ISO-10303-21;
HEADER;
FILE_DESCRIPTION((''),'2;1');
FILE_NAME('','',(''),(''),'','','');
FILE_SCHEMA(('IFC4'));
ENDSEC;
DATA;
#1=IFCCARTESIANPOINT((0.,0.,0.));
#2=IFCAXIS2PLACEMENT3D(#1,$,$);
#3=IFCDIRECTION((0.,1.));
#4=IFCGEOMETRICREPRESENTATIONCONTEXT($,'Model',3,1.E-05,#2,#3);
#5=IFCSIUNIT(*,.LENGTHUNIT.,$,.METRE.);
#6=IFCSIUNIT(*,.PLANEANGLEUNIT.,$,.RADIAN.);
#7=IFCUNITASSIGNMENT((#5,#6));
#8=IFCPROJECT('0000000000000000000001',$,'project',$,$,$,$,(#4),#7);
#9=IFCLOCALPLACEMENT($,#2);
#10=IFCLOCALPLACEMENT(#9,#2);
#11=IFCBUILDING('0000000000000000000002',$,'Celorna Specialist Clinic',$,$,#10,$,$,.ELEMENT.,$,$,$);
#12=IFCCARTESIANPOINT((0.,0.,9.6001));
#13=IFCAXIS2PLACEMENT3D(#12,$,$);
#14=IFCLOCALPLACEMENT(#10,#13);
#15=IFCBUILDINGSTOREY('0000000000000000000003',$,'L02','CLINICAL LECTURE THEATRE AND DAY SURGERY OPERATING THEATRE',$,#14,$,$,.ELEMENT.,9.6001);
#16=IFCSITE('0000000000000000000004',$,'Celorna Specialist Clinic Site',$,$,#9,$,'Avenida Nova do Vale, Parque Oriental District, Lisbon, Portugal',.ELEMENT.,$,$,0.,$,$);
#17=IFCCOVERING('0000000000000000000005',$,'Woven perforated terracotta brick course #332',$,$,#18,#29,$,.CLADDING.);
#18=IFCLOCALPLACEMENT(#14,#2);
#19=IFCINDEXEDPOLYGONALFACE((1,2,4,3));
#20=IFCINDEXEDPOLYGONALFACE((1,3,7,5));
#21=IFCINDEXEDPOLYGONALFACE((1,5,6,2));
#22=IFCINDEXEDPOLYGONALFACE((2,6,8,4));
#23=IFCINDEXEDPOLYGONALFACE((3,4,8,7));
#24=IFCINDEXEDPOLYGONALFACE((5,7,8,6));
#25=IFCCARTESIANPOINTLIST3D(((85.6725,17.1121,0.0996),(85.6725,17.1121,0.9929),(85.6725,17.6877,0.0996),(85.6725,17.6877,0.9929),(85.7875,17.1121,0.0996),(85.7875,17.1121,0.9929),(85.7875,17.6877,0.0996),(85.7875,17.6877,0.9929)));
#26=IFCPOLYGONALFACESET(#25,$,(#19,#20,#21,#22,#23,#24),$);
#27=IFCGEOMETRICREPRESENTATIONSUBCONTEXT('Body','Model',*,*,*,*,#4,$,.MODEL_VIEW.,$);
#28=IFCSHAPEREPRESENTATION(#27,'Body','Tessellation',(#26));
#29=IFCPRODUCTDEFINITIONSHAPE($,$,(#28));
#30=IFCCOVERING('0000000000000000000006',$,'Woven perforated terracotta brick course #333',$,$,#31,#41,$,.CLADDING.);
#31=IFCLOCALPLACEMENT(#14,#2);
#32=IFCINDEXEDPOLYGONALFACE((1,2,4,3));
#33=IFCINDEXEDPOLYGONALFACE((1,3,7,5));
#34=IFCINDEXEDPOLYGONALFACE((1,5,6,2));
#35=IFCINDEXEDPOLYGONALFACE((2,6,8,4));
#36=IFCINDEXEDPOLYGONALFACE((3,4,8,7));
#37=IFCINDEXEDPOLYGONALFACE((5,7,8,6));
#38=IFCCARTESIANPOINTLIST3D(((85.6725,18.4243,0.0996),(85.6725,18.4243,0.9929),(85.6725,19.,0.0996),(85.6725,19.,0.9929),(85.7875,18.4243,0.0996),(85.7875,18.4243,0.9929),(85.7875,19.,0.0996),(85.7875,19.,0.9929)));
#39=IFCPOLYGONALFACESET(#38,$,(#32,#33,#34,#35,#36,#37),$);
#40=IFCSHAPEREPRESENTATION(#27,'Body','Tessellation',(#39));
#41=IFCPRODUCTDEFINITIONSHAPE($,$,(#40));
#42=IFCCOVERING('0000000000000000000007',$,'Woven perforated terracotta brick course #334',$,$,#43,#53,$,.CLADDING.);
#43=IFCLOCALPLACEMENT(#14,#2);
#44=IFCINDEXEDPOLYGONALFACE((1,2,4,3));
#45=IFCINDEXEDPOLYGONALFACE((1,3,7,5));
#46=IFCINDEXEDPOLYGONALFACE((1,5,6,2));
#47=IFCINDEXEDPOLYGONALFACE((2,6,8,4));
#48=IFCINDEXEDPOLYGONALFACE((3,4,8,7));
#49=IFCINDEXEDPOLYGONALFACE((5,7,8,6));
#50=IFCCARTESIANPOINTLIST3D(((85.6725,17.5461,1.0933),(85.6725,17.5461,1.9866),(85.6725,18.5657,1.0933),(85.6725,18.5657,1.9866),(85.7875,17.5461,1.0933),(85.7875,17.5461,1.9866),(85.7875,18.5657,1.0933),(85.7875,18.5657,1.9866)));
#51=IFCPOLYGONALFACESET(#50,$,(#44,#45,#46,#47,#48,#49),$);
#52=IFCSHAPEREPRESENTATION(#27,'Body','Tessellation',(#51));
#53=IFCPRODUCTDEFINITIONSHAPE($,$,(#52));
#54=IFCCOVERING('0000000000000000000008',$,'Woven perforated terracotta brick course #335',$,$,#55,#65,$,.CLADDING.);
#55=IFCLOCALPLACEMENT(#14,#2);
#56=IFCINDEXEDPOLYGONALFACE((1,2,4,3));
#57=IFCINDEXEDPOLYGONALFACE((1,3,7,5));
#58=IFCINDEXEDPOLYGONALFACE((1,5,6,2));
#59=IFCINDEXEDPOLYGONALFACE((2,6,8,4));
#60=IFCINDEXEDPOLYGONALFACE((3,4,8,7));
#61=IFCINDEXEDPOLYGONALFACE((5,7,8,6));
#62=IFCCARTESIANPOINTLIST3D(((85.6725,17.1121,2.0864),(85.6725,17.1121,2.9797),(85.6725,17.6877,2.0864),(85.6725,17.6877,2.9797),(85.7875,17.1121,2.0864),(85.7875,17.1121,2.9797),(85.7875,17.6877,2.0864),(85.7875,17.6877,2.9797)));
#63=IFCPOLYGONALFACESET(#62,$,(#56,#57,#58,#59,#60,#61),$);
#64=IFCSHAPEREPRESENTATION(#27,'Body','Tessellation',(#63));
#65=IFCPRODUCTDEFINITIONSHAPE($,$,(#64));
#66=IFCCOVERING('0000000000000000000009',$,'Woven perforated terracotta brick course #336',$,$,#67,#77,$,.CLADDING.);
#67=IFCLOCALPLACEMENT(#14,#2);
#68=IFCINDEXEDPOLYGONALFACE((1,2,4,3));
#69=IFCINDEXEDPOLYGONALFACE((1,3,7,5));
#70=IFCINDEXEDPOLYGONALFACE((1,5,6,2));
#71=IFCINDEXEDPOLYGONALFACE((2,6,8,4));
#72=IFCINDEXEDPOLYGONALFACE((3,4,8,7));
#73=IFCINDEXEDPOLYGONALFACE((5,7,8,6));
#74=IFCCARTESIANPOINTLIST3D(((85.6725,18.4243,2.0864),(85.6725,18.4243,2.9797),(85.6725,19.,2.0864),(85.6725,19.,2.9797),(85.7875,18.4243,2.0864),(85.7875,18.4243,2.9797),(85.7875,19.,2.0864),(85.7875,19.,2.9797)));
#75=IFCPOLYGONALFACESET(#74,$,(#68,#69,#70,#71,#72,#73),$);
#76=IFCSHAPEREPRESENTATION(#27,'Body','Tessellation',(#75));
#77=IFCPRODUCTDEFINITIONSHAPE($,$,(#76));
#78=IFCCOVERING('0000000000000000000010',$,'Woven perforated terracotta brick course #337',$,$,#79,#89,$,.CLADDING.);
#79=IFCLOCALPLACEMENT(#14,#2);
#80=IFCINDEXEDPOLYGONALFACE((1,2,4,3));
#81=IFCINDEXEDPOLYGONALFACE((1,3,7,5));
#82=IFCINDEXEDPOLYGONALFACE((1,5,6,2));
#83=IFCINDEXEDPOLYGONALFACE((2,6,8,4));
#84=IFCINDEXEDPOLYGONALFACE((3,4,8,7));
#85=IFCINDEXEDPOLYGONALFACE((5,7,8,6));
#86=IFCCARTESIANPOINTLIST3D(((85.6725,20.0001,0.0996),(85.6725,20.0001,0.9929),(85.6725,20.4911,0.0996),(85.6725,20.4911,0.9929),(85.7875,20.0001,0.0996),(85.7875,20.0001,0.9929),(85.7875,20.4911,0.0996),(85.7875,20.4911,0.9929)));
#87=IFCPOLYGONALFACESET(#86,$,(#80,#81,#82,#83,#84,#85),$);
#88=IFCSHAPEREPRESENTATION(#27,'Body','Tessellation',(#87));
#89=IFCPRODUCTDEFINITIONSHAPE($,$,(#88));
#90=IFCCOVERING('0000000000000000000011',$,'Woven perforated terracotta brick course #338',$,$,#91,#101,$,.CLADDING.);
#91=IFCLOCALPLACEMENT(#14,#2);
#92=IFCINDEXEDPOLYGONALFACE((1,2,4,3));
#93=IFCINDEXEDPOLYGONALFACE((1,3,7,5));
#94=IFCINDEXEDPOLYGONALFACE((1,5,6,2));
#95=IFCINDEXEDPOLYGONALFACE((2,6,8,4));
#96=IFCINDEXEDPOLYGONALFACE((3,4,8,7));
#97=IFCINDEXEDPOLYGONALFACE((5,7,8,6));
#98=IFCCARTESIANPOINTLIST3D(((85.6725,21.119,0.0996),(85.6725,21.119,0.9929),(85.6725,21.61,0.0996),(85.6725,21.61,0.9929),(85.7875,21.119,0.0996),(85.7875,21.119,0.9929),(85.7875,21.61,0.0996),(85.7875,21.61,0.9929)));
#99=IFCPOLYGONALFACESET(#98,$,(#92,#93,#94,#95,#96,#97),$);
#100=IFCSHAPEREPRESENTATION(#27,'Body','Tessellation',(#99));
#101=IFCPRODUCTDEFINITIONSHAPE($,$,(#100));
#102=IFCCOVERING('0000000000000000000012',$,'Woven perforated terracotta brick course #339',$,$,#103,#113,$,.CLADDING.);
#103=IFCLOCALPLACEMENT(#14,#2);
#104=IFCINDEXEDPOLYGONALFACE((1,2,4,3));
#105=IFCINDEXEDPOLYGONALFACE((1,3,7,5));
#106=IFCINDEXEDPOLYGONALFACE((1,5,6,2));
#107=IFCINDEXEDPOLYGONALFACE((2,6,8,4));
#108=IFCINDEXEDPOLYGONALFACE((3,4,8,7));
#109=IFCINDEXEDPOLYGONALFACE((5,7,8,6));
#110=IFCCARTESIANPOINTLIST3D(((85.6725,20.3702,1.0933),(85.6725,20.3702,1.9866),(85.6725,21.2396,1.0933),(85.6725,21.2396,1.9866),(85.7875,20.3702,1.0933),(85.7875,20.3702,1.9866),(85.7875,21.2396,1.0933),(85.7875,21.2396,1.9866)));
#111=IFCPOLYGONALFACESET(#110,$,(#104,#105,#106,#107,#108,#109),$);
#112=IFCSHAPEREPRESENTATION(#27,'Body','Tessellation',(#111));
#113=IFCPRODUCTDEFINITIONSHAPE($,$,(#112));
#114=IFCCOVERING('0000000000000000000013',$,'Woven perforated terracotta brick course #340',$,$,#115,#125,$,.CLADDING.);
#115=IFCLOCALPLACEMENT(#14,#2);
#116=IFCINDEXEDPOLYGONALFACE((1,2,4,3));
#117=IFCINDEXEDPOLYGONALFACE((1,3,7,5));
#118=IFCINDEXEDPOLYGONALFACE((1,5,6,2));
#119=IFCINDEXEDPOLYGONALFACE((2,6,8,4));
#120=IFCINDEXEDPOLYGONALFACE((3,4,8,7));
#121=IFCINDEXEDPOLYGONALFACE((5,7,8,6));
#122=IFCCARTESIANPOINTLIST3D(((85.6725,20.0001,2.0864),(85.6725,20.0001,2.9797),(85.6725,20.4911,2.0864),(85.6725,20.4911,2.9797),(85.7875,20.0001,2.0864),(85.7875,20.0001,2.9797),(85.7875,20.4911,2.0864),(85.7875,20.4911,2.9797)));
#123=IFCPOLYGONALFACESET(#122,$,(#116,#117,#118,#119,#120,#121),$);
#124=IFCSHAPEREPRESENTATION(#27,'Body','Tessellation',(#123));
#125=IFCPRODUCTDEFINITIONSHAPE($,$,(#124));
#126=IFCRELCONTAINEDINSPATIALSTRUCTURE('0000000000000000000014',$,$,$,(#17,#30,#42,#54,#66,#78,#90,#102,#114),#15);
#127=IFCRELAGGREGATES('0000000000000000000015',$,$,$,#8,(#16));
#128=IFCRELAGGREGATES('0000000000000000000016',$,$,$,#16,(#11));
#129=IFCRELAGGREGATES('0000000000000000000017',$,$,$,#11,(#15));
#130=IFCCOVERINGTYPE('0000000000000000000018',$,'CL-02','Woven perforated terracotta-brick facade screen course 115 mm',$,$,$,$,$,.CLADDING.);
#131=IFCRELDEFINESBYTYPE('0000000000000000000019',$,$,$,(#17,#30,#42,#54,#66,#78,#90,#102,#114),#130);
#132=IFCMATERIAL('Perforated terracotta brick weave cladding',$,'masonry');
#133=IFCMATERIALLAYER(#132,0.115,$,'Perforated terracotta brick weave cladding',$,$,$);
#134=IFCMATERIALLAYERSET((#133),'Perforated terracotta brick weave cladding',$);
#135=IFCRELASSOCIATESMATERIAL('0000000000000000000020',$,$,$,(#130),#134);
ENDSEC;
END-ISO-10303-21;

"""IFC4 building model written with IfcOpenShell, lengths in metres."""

from ifc_helpers import new_model, si_unit, direction, frame, origin, origin_2d, place, context, subcontext, project, spatial, rectangle, extrude, material, layer, layer_set, type_object, element, save


model = new_model("IFC4")

# Units and contexts
model_context = context("Model", 3, precision=1e-05, world=origin(), true_north=direction((0.0, 1.0)))
body_context = subcontext(model_context, "Body", "Model", "MODEL_VIEW")
ifc_project = project(units=[si_unit("LENGTHUNIT", "METRE"), si_unit("PLANEANGLEUNIT", "RADIAN")], contexts=[model_context])

# Site, building, storey
site_placement = place(None, origin())
site = spatial("IfcSite", under=ifc_project, at=site_placement, Name="Celorna Specialist Clinic Site", LongName="Avenida Nova do Vale, Parque Oriental District, Lisbon, Portugal", CompositionType="ELEMENT", RefElevation=0.0)
building_placement = place(site_placement, origin())
building = spatial("IfcBuilding", under=site, at=building_placement, Name="Celorna Specialist Clinic", CompositionType="ELEMENT")
storey_placement = place(building_placement, frame((0.0, 0.0, 9.6001)))
storey = spatial("IfcBuildingStorey", under=building, at=storey_placement, Name="L02", Description="CLINICAL LECTURE THEATRE AND DAY SURGERY OPERATING THEATRE", CompositionType="ELEMENT", Elevation=9.6001)

# Coverings
ifc_material_1 = material(Name="Perforated terracotta brick weave cladding", Category="masonry")
ifc_layer_1 = layer(ifc_material_1, 0.115, Name="Perforated terracotta brick weave cladding")
ifc_layer_set_1 = layer_set([ifc_layer_1], Name="Perforated terracotta brick weave cladding")
covering_type = type_object("IfcCoveringType", Name="CL-02", Description="Woven perforated terracotta-brick facade screen course 115 mm", PredefinedType="CLADDING", material=ifc_layer_set_1)
for number, where, z_axis, x_axis, name in (
    (1, (85.73, 17.3999, 0.0996), (0.0, 0.0, 1.0), (0.0, 1.0, 0.0), "Woven perforated terracotta brick course #332"),
    (2, (85.73, 18.7122, 0.0996), (0.0, 0.0, 1.0), (0.0, 1.0, 0.0), "Woven perforated terracotta brick course #333"),
):
    element("IfcCovering", number, at=place(storey_placement, frame(where, z_axis=z_axis, x_axis=x_axis)), inside=storey, type_object=covering_type, Name=name, PredefinedType="CLADDING", context=body_context, shape_type="SweptSolid", body=[
        extrude(rectangle(XDim=0.5757, YDim=0.115, at=origin_2d()), origin(), (0.0, 0.0, 1.0), 0.8933),
    ])
covering_1_placement = place(storey_placement, frame((85.73, 18.0559, 1.0933), z_axis=(0.0, 0.0, 1.0), x_axis=(0.0, 1.0, 0.0)))
element("IfcCovering", 3, at=covering_1_placement, inside=storey, type_object=covering_type, Name="Woven perforated terracotta brick course #334", PredefinedType="CLADDING", context=body_context, shape_type="SweptSolid", body=[
    extrude(rectangle(XDim=1.0195, YDim=0.115, at=origin_2d()), origin(), (0.0, 0.0, 1.0), 0.8933),
])
for number, where, z_axis, x_axis, name in (
    (4, (85.73, 17.3999, 2.0864), (0.0, 0.0, 1.0), (0.0, 1.0, 0.0), "Woven perforated terracotta brick course #335"),
    (5, (85.73, 18.7122, 2.0864), (0.0, 0.0, 1.0), (0.0, 1.0, 0.0), "Woven perforated terracotta brick course #336"),
):
    element("IfcCovering", number, at=place(storey_placement, frame(where, z_axis=z_axis, x_axis=x_axis)), inside=storey, type_object=covering_type, Name=name, PredefinedType="CLADDING", context=body_context, shape_type="SweptSolid", body=[
        extrude(rectangle(XDim=0.5757, YDim=0.115, at=origin_2d()), origin(), (0.0, 0.0, 1.0), 0.8933),
    ])
for number, where, z_axis, x_axis, name in (
    (6, (85.73, 20.2456, 0.0996), (0.0, 0.0, 1.0), (0.0, 1.0, 0.0), "Woven perforated terracotta brick course #337"),
    (7, (85.73, 21.3645, 0.0996), (0.0, 0.0, 1.0), (0.0, 1.0, 0.0), "Woven perforated terracotta brick course #338"),
):
    element("IfcCovering", number, at=place(storey_placement, frame(where, z_axis=z_axis, x_axis=x_axis)), inside=storey, type_object=covering_type, Name=name, PredefinedType="CLADDING", context=body_context, shape_type="SweptSolid", body=[
        extrude(rectangle(XDim=0.491, YDim=0.115, at=origin_2d()), origin(), (0.0, 0.0, 1.0), 0.8933),
    ])
covering_2_placement = place(storey_placement, frame((85.73, 20.8049, 1.0933), z_axis=(0.0, 0.0, 1.0), x_axis=(0.0, 1.0, 0.0)))
element("IfcCovering", 8, at=covering_2_placement, inside=storey, type_object=covering_type, Name="Woven perforated terracotta brick course #339", PredefinedType="CLADDING", context=body_context, shape_type="SweptSolid", body=[
    extrude(rectangle(XDim=0.8694, YDim=0.115, at=origin_2d()), origin(), (0.0, 0.0, 1.0), 0.8933),
])
covering_3_placement = place(storey_placement, frame((85.73, 20.2456, 2.0864), z_axis=(0.0, 0.0, 1.0), x_axis=(0.0, 1.0, 0.0)))
element("IfcCovering", 9, at=covering_3_placement, inside=storey, type_object=covering_type, Name="Woven perforated terracotta brick course #340", PredefinedType="CLADDING", context=body_context, shape_type="SweptSolid", body=[
    extrude(rectangle(XDim=0.491, YDim=0.115, at=origin_2d()), origin(), (0.0, 0.0, 1.0), 0.8933),
])

save(model, "model.ifc")
